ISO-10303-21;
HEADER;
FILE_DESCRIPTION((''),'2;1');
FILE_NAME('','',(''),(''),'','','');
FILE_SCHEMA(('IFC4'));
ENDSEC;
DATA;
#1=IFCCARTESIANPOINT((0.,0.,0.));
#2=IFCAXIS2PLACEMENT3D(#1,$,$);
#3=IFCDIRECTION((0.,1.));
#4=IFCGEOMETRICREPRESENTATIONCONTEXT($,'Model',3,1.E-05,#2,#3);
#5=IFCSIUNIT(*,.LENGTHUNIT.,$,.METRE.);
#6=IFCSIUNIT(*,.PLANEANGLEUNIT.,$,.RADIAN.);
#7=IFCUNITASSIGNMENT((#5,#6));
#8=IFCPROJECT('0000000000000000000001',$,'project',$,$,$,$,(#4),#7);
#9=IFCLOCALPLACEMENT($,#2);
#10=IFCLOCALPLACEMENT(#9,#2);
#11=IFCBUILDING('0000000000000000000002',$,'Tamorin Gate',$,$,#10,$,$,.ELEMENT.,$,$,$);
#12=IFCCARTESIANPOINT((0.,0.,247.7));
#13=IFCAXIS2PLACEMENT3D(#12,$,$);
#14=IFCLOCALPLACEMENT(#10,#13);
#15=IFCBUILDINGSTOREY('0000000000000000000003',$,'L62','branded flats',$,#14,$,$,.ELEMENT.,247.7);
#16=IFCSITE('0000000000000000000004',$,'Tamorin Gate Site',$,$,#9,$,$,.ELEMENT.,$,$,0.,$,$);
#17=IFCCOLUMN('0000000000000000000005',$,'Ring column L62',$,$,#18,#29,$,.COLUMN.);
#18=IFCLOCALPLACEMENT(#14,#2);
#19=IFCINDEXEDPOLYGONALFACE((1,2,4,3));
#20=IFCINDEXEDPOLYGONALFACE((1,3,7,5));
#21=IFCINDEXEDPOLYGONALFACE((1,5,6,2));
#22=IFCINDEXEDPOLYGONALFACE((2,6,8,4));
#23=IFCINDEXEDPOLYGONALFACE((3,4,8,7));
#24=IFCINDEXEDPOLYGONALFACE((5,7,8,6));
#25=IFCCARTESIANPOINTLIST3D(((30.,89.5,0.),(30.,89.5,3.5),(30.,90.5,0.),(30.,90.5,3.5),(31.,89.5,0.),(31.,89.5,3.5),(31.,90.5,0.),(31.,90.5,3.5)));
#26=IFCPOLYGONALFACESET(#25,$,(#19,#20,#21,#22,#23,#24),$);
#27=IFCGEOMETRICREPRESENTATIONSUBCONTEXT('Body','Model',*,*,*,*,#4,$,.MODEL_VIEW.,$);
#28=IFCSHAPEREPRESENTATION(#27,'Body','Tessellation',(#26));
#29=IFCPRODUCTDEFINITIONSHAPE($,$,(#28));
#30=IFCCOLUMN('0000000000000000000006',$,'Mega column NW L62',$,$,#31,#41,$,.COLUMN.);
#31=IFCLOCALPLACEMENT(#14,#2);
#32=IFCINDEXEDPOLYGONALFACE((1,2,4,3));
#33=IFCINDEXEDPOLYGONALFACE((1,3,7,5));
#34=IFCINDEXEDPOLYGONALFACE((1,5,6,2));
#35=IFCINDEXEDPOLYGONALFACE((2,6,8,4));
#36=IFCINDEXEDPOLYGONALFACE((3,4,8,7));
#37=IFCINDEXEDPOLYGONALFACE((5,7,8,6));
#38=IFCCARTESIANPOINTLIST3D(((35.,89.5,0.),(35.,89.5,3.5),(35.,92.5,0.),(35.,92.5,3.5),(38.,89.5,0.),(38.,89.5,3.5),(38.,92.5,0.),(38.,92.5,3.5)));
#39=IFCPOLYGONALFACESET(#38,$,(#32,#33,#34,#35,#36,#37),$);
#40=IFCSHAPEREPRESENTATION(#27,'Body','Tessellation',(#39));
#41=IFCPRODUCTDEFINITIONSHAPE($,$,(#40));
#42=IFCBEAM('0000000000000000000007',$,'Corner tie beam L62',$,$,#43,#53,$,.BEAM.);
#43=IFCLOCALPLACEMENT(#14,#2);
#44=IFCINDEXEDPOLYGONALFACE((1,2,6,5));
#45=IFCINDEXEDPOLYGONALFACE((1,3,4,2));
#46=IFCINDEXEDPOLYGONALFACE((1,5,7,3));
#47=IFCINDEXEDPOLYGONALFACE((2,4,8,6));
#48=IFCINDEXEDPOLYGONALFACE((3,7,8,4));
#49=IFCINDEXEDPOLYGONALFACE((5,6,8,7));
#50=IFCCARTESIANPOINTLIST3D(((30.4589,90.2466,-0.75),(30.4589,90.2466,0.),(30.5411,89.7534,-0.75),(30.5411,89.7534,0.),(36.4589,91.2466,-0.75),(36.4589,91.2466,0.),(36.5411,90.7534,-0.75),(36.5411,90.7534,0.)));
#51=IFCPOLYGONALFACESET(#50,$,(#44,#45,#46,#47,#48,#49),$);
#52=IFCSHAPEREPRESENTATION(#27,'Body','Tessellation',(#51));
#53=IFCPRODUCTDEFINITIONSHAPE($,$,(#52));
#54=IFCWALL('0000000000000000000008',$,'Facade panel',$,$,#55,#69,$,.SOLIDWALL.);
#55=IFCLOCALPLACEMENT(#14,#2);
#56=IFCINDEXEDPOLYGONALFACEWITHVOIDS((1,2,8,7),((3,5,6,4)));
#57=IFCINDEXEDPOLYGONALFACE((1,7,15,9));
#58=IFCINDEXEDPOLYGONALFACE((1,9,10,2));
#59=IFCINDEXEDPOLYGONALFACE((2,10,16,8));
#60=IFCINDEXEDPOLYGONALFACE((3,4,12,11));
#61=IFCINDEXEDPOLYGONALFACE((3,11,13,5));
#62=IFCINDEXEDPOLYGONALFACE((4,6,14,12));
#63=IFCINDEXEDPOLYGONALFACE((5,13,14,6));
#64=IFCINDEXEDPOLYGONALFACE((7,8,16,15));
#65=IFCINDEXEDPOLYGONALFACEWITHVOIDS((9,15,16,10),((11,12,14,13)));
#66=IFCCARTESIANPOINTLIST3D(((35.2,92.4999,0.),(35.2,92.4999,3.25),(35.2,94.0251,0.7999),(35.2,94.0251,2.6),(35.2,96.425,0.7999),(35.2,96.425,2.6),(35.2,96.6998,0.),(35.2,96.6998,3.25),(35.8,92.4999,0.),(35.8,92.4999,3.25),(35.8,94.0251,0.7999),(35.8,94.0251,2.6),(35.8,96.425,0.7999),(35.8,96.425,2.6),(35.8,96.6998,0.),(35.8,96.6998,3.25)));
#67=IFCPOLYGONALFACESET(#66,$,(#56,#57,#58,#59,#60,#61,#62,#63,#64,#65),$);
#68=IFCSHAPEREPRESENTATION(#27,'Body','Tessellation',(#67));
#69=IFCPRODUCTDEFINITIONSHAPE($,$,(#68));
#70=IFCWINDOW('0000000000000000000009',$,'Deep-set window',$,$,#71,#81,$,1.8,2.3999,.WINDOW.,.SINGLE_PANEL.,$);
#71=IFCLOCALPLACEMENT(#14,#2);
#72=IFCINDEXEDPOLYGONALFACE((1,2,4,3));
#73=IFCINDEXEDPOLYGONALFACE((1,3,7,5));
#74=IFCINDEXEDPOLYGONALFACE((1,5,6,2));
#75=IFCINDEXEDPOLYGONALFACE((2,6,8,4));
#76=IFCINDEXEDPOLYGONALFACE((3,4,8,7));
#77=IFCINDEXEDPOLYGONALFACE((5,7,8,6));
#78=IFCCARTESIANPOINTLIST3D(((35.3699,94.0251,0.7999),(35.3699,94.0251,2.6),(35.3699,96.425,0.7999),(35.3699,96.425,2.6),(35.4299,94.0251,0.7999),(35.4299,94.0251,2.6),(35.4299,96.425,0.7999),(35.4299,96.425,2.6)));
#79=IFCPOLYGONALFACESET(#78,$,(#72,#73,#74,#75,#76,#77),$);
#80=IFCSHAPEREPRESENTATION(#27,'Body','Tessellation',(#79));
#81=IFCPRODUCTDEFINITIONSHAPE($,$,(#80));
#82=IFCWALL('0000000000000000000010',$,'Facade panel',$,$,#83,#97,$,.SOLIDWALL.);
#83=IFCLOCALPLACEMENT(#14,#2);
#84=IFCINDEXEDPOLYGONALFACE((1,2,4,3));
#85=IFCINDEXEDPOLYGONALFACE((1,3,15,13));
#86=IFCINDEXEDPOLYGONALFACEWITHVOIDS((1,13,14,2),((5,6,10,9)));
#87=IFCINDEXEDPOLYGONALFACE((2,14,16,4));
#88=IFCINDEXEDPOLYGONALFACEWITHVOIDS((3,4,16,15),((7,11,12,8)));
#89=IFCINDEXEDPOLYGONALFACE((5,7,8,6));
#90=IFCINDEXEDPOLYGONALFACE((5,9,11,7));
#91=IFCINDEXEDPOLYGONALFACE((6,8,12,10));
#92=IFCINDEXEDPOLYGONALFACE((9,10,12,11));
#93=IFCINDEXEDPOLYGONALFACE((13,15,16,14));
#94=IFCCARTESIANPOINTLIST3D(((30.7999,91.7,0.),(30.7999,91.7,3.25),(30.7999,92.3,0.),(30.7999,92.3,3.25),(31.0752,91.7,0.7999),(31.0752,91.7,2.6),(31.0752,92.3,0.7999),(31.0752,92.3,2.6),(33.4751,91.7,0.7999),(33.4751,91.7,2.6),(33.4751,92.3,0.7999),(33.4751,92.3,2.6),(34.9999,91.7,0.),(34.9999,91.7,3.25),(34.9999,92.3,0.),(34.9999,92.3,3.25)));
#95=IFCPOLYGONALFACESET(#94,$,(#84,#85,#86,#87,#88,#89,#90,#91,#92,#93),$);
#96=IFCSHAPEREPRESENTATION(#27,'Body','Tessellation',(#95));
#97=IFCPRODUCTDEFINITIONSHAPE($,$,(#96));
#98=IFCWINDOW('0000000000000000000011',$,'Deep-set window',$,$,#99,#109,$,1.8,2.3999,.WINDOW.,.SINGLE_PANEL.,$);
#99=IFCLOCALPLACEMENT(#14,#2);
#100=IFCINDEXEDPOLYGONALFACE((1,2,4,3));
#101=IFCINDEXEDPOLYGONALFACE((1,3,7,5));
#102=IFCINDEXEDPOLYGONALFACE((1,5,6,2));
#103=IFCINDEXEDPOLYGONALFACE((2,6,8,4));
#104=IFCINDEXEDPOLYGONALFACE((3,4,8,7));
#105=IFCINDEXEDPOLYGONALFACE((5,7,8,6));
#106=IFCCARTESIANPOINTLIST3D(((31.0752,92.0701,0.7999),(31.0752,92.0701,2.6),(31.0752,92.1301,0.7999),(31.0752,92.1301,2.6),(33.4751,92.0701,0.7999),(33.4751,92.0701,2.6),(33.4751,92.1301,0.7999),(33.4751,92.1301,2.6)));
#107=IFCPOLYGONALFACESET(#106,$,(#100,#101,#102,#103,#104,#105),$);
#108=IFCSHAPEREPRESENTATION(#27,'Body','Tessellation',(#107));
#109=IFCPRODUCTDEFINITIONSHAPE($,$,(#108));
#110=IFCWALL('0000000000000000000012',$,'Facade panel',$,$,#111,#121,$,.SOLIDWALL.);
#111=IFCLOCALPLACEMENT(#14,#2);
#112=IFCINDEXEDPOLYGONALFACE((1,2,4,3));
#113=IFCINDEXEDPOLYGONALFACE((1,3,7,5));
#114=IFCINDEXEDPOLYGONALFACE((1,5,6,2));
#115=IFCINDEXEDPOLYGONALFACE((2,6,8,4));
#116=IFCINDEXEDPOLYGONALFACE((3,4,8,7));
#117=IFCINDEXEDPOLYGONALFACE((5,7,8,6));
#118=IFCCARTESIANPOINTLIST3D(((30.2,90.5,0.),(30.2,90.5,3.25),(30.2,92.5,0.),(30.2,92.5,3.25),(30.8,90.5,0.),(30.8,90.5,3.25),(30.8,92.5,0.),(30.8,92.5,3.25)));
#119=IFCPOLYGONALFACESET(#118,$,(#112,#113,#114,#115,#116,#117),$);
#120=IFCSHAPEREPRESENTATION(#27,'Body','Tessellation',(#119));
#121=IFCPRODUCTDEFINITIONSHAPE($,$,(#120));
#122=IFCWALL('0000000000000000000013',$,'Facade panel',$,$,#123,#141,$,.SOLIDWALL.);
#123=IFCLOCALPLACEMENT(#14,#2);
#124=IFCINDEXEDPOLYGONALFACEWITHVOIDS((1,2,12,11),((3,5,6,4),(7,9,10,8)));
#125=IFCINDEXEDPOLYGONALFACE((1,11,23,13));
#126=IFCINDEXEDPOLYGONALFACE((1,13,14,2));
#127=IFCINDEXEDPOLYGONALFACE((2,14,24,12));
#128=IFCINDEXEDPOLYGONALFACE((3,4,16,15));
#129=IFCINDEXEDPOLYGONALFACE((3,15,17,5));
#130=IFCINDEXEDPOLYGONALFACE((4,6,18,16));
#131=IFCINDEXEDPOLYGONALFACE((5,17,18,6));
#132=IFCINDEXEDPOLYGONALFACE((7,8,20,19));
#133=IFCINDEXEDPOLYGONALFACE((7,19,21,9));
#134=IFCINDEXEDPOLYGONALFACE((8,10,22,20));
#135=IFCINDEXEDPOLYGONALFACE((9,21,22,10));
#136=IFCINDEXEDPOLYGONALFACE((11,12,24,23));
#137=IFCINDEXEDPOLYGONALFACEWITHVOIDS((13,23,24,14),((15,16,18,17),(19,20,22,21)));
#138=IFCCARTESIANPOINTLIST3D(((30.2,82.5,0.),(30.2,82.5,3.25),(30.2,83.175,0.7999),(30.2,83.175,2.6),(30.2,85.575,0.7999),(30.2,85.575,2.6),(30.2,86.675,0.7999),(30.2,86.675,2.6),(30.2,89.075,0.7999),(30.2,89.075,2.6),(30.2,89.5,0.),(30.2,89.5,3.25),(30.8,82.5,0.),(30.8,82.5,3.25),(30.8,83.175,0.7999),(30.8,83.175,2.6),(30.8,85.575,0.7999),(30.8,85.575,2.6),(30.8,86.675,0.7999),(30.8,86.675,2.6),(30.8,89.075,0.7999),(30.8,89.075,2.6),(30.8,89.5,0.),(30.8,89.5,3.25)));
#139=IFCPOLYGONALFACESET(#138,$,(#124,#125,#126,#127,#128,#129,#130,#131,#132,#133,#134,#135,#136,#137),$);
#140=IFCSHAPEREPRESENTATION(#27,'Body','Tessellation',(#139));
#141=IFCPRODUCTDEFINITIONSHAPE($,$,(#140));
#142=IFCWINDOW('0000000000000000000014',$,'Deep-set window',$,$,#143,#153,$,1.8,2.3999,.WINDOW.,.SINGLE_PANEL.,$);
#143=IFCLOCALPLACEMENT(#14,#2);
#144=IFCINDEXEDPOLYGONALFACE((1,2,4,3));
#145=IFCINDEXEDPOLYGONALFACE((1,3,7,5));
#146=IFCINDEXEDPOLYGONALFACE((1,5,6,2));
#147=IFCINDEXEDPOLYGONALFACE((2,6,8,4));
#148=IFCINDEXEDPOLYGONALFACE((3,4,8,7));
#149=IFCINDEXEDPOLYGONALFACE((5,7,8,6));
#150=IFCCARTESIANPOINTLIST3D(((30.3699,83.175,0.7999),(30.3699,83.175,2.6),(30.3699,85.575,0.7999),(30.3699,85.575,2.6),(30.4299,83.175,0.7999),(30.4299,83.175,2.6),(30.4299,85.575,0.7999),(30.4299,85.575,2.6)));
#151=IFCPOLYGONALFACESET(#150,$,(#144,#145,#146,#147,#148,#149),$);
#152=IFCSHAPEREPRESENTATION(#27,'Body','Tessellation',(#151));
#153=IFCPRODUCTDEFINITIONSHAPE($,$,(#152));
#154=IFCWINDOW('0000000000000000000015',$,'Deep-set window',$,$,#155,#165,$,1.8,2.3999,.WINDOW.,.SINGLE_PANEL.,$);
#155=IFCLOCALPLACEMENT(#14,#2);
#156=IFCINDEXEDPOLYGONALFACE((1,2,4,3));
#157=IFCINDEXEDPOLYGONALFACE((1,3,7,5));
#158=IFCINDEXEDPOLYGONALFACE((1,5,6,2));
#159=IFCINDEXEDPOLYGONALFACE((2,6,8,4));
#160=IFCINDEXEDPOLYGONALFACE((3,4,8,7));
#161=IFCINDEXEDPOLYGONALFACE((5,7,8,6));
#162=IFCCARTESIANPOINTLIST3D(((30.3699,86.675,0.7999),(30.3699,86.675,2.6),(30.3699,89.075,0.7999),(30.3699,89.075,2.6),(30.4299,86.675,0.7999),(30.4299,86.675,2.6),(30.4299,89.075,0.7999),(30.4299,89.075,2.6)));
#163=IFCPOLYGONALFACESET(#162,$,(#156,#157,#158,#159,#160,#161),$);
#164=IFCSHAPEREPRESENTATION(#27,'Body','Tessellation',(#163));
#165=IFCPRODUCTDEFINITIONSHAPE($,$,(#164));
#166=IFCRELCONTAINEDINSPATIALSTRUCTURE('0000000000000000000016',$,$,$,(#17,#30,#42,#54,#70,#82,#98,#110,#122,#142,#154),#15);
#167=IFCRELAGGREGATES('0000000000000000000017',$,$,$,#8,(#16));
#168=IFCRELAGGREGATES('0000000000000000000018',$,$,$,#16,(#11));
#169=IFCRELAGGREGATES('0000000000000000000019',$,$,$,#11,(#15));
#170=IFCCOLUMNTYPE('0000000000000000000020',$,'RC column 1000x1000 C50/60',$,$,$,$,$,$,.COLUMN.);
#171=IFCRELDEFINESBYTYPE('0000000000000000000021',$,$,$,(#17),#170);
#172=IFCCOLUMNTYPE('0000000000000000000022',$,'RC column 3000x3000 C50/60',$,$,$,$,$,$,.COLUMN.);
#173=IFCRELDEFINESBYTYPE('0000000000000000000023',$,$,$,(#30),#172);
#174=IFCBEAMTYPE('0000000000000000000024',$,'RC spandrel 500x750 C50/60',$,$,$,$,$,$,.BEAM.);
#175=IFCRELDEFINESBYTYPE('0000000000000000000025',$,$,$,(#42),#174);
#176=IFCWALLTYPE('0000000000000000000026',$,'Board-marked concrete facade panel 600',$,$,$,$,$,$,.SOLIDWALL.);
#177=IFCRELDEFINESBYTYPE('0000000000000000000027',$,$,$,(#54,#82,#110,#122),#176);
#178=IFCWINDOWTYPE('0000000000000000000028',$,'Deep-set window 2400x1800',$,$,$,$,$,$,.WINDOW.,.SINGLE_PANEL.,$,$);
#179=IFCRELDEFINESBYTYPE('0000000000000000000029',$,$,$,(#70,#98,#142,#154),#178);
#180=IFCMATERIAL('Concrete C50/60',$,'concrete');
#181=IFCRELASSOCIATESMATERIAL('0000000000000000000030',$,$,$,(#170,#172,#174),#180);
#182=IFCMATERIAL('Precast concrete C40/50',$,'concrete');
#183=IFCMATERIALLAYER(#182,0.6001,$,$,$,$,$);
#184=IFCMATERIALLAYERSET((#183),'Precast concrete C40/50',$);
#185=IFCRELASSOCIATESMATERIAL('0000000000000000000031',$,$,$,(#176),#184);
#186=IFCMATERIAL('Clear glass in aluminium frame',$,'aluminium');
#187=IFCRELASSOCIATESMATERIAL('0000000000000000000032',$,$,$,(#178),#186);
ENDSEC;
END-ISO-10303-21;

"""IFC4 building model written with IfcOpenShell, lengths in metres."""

from ifc_helpers import new_model, si_unit, direction, frame, frame_2d, origin, origin_2d, place, context, subcontext, project, spatial, rectangle, extrude, material, layer, layer_set, material_profile, profile_set, type_object, element, fill, save


model = new_model("IFC4")

# Units and contexts
model_context = context("Model", 3, precision=1e-05, world=origin(), true_north=direction((0.0, 1.0)))
body_context = subcontext(model_context, "Body", "Model", "MODEL_VIEW")
ifc_project = project(units=[si_unit("LENGTHUNIT", "METRE"), si_unit("PLANEANGLEUNIT", "RADIAN")], contexts=[model_context])

# Site, building, storey
site_placement = place(None, origin())
site = spatial("IfcSite", under=ifc_project, at=site_placement, Name="Tamorin Gate Site", CompositionType="ELEMENT", RefElevation=0.0)
building_placement = place(site_placement, origin())
building = spatial("IfcBuilding", under=site, at=building_placement, Name="Tamorin Gate", CompositionType="ELEMENT")
storey_placement = place(building_placement, frame((0.0, 0.0, 247.7)))
storey = spatial("IfcBuildingStorey", under=building, at=storey_placement, Name="L62", Description="branded flats", CompositionType="ELEMENT", Elevation=247.7)

# Columns
ifc_material_1 = material(Name="Concrete C50/60", Category="concrete")
ifc_material_profile_1 = material_profile(ifc_material_1, rectangle(XDim=1.0, YDim=1.0, at=origin_2d()), Name="RC 1000x1000")
ifc_profile_set_1 = profile_set([ifc_material_profile_1], Name="Concrete C50/60")
column_type_1 = type_object("IfcColumnType", Name="RC column 1000x1000 C50/60", PredefinedType="COLUMN", material=ifc_profile_set_1)
column_1_placement = place(storey_placement, frame((30.5, 90.0, 0.0), z_axis=(0.0, 0.0, 1.0), x_axis=(1.0, 0.0, 0.0)))
element("IfcColumn", 1, at=column_1_placement, inside=storey, type_object=column_type_1, Name="Ring column L62", PredefinedType="COLUMN", context=body_context, shape_type="SweptSolid", body=[
    extrude(rectangle(XDim=1.0, YDim=1.0, at=origin_2d()), origin(), (0.0, 0.0, 1.0), 3.5),
])
ifc_material_profile_2 = material_profile(ifc_material_1, rectangle(XDim=3.0, YDim=3.0, at=origin_2d()), Name="RC 3000x3000")
ifc_profile_set_2 = profile_set([ifc_material_profile_2], Name="Concrete C50/60")
column_type_2 = type_object("IfcColumnType", Name="RC column 3000x3000 C50/60", PredefinedType="COLUMN", material=ifc_profile_set_2)
column_2_placement = place(storey_placement, frame((36.5, 91.0, 0.0), z_axis=(0.0, 0.0, 1.0), x_axis=(1.0, 0.0, 0.0)))
element("IfcColumn", 2, at=column_2_placement, inside=storey, type_object=column_type_2, Name="Mega column NW L62", PredefinedType="COLUMN", context=body_context, shape_type="SweptSolid", body=[
    extrude(rectangle(XDim=3.0, YDim=3.0, at=origin_2d()), origin(), (0.0, 0.0, 1.0), 3.5),
])

# Beam
ifc_material_profile_3 = material_profile(ifc_material_1, rectangle(XDim=0.5, YDim=0.75, at=origin_2d()), Name="RC 500x750")
ifc_profile_set_3 = profile_set([ifc_material_profile_3], Name="Concrete C50/60")
beam_type = type_object("IfcBeamType", Name="RC spandrel 500x750 C50/60", PredefinedType="BEAM", material=ifc_profile_set_3)
beam_placement = place(storey_placement, frame((36.5, 91.0, -0.375), z_axis=(-0.986394, -0.164399, 0.0), x_axis=(0.164399, -0.986394, 0.0)))
element("IfcBeam", 3, at=beam_placement, inside=storey, type_object=beam_type, Name="Corner tie beam L62", PredefinedType="BEAM", context=body_context, shape_type="SweptSolid", body=[
    extrude(rectangle(XDim=0.5, YDim=0.75, at=origin_2d()), origin(), (0.0, 0.0, 1.0), 6.0828),
])

# Walls, openings, windows
ifc_material_2 = material(Name="Precast concrete C40/50", Category="concrete")
ifc_layer_1 = layer(ifc_material_2, 0.6001)
ifc_layer_set_1 = layer_set([ifc_layer_1], Name="Precast concrete C40/50")
wall_type_1 = type_object("IfcWallType", Name="Board-marked concrete facade panel 600", PredefinedType="SOLIDWALL", material=ifc_layer_set_1)
wall_1_placement = place(storey_placement, frame((35.5, 96.7, 0.0), z_axis=(0.0, 0.0, 1.0), x_axis=(0.0, -1.0, 0.0)))
wall_1 = element("IfcWall", 4, at=wall_1_placement, inside=storey, type_object=wall_type_1, Name="Facade panel", PredefinedType="SOLIDWALL", context=body_context, shape_type="SweptSolid", body=[
    extrude(rectangle(XDim=4.2, YDim=0.6001, at=frame_2d((2.1001, 0.0))), origin(), (0.0, 0.0, 1.0), 3.25),
])
opening_1_placement = place(wall_1_placement, frame((0.2749, 0.0, 0.8)))
opening_1 = element("IfcOpeningElement", 5, at=opening_1_placement, cuts=wall_1, PredefinedType="OPENING", context=body_context, shape_type="SweptSolid", body=[
    extrude(rectangle(XDim=2.3999, YDim=1.8, at=frame_2d((1.2, 0.8999))), frame((0.0, 0.3101, 0.0), z_axis=(0.0, -1.0, 0.0), x_axis=(1.0, 0.0, 0.0)), (0.0, 0.0, 1.0), 0.6201),
])
ifc_material_3 = material(Name="Clear glass in aluminium frame", Category="aluminium")
window_type = type_object("IfcWindowType", Name="Deep-set window 2400x1800", PartitioningType="SINGLE_PANEL", PredefinedType="WINDOW", material=ifc_material_3)
window_1_placement = place(opening_1_placement, origin())
window_1 = element("IfcWindow", 6, at=window_1_placement, inside=storey, type_object=window_type, Name="Deep-set window", OverallHeight=1.8, OverallWidth=2.3999, PartitioningType="SINGLE_PANEL", PredefinedType="WINDOW", context=body_context, shape_type="SweptSolid", body=[
    extrude(rectangle(XDim=2.3999, YDim=1.8, at=frame_2d((1.2, 0.8999))), frame((0.0, -0.0701, 0.0), z_axis=(0.0, -1.0, 0.0), x_axis=(1.0, 0.0, 0.0)), (0.0, 0.0, 1.0), 0.0601),
])
fill(opening_1, window_1)
wall_2_placement = place(storey_placement, frame((35.0, 92.0, 0.0), z_axis=(0.0, 0.0, 1.0), x_axis=(-1.0, 0.0, 0.0)))
wall_2 = element("IfcWall", 7, at=wall_2_placement, inside=storey, type_object=wall_type_1, Name="Facade panel", PredefinedType="SOLIDWALL", context=body_context, shape_type="SweptSolid", body=[
    extrude(rectangle(XDim=4.2, YDim=0.6001, at=frame_2d((2.1001, 0.0))), origin(), (0.0, 0.0, 1.0), 3.25),
])
opening_2_placement = place(wall_2_placement, frame((1.5249, 0.0, 0.8)))
opening_2 = element("IfcOpeningElement", 8, at=opening_2_placement, cuts=wall_2, PredefinedType="OPENING", context=body_context, shape_type="SweptSolid", body=[
    extrude(rectangle(XDim=2.3999, YDim=1.8, at=frame_2d((1.2, 0.8999))), frame((0.0, 0.3101, 0.0), z_axis=(0.0, -1.0, 0.0), x_axis=(1.0, 0.0, 0.0)), (0.0, 0.0, 1.0), 0.6201),
])
window_2_placement = place(opening_2_placement, origin())
window_2 = element("IfcWindow", 9, at=window_2_placement, inside=storey, type_object=window_type, Name="Deep-set window", OverallHeight=1.8, OverallWidth=2.3999, PartitioningType="SINGLE_PANEL", PredefinedType="WINDOW", context=body_context, shape_type="SweptSolid", body=[
    extrude(rectangle(XDim=2.3999, YDim=1.8, at=frame_2d((1.2, 0.8999))), frame((0.0, -0.0701, 0.0), z_axis=(0.0, -1.0, 0.0), x_axis=(1.0, 0.0, 0.0)), (0.0, 0.0, 1.0), 0.0601),
])
fill(opening_2, window_2)

# Wall
wall_3_placement = place(storey_placement, frame((30.5, 92.5, 0.0), z_axis=(0.0, 0.0, 1.0), x_axis=(0.0, -1.0, 0.0)))
element("IfcWall", 10, at=wall_3_placement, inside=storey, type_object=wall_type_1, Name="Facade panel", PredefinedType="SOLIDWALL", context=body_context, shape_type="SweptSolid", body=[
    extrude(rectangle(XDim=2.0, YDim=0.6001, at=frame_2d((1.0, 0.0))), origin(), (0.0, 0.0, 1.0), 3.25),
])

# Wall, openings, windows
wall_4_placement = place(storey_placement, frame((30.5, 89.5, 0.0), z_axis=(0.0, 0.0, 1.0), x_axis=(0.0, -1.0, 0.0)))
wall_4 = element("IfcWall", 11, at=wall_4_placement, inside=storey, type_object=wall_type_1, Name="Facade panel", PredefinedType="SOLIDWALL", context=body_context, shape_type="SweptSolid", body=[
    extrude(rectangle(XDim=7.0, YDim=0.6001, at=frame_2d((3.5, 0.0))), origin(), (0.0, 0.0, 1.0), 3.25),
])
opening_3_placement = place(wall_4_placement, frame((3.925, 0.0, 0.8)))
opening_3 = element("IfcOpeningElement", 12, at=opening_3_placement, cuts=wall_4, PredefinedType="OPENING", context=body_context, shape_type="SweptSolid", body=[
    extrude(rectangle(XDim=2.3999, YDim=1.8, at=frame_2d((1.2, 0.8999))), frame((0.0, 0.3101, 0.0), z_axis=(0.0, -1.0, 0.0), x_axis=(1.0, 0.0, 0.0)), (0.0, 0.0, 1.0), 0.6201),
])
opening_4_placement = place(wall_4_placement, frame((0.425, 0.0, 0.8)))
opening_4 = element("IfcOpeningElement", 13, at=opening_4_placement, cuts=wall_4, PredefinedType="OPENING", context=body_context, shape_type="SweptSolid", body=[
    extrude(rectangle(XDim=2.3999, YDim=1.8, at=frame_2d((1.2, 0.8999))), frame((0.0, 0.3101, 0.0), z_axis=(0.0, -1.0, 0.0), x_axis=(1.0, 0.0, 0.0)), (0.0, 0.0, 1.0), 0.6201),
])
window_3_placement = place(opening_3_placement, origin())
window_3 = element("IfcWindow", 14, at=window_3_placement, inside=storey, type_object=window_type, Name="Deep-set window", OverallHeight=1.8, OverallWidth=2.3999, PartitioningType="SINGLE_PANEL", PredefinedType="WINDOW", context=body_context, shape_type="SweptSolid", body=[
    extrude(rectangle(XDim=2.3999, YDim=1.8, at=frame_2d((1.2, 0.8999))), frame((0.0, -0.0701, 0.0), z_axis=(0.0, -1.0, 0.0), x_axis=(1.0, 0.0, 0.0)), (0.0, 0.0, 1.0), 0.0601),
])
fill(opening_3, window_3)
window_4_placement = place(opening_4_placement, origin())
window_4 = element("IfcWindow", 15, at=window_4_placement, inside=storey, type_object=window_type, Name="Deep-set window", OverallHeight=1.8, OverallWidth=2.3999, PartitioningType="SINGLE_PANEL", PredefinedType="WINDOW", context=body_context, shape_type="SweptSolid", body=[
    extrude(rectangle(XDim=2.3999, YDim=1.8, at=frame_2d((1.2, 0.8999))), frame((0.0, -0.0701, 0.0), z_axis=(0.0, -1.0, 0.0), x_axis=(1.0, 0.0, 0.0)), (0.0, 0.0, 1.0), 0.0601),
])
fill(opening_4, window_4)

save(model, "model.ifc")
